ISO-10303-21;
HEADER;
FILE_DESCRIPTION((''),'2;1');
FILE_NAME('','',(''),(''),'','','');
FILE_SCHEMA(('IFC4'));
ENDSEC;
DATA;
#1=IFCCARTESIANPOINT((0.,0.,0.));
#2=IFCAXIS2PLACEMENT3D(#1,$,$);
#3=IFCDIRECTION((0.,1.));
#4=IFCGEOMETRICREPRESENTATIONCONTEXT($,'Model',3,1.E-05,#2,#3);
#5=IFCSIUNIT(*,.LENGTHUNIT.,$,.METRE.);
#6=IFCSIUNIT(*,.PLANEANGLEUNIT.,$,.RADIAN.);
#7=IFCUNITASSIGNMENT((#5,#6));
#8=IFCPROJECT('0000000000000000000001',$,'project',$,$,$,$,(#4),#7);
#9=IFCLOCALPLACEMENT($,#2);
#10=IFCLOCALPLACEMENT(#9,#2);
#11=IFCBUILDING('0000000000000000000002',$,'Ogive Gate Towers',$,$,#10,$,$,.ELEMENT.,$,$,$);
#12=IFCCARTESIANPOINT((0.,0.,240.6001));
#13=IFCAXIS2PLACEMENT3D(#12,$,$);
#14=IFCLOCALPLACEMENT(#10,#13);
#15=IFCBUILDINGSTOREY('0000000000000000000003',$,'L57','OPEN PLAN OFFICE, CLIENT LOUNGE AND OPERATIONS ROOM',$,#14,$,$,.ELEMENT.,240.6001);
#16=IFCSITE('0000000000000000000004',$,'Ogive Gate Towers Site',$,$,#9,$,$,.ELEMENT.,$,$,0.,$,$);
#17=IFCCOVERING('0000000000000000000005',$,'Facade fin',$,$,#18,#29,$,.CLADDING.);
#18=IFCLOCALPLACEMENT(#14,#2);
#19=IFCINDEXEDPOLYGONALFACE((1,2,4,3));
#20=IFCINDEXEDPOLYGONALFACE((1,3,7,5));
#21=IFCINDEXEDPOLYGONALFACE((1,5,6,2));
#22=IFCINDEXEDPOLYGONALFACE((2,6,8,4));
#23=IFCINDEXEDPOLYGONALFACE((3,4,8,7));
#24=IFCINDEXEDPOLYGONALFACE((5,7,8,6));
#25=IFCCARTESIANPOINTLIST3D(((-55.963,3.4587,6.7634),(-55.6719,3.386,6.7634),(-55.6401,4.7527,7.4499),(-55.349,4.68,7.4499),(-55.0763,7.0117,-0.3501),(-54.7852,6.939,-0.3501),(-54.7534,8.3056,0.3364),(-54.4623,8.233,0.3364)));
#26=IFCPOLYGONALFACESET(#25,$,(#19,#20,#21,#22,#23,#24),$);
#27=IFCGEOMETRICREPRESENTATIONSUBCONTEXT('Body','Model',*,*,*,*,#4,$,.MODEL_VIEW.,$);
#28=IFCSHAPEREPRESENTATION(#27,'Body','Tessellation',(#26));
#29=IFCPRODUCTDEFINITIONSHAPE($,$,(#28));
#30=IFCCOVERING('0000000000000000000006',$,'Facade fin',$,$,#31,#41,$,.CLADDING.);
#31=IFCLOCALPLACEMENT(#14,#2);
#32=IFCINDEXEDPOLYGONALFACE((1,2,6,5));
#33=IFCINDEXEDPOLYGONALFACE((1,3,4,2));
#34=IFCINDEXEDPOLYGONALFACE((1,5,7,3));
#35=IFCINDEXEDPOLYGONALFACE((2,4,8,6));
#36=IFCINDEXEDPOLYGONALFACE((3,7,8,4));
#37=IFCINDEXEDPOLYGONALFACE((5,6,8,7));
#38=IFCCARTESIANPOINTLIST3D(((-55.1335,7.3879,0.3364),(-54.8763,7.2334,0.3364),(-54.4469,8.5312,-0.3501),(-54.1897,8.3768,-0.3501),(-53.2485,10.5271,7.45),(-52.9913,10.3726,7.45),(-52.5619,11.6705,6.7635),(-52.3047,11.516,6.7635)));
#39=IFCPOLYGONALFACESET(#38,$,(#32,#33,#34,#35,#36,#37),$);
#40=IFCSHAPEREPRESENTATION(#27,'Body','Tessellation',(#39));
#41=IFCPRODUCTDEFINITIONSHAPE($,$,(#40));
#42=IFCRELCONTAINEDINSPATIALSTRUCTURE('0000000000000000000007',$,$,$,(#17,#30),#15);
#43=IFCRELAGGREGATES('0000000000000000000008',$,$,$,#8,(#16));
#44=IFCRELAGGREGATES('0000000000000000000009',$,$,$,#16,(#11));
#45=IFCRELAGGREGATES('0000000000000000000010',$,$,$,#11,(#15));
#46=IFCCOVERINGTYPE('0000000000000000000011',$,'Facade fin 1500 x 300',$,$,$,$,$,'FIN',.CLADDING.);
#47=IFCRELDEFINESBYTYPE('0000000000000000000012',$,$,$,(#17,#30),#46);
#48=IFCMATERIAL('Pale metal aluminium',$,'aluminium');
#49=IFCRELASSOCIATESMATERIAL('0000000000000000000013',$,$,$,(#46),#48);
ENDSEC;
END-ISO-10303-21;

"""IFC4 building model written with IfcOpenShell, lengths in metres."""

from ifc_helpers import new_model, si_unit, direction, frame, origin, origin_2d, place, context, subcontext, project, spatial, rectangle, extrude, material, material_profile, profile_set, type_object, element, save


model = new_model("IFC4")

# Units and contexts
model_context = context("Model", 3, precision=1e-05, world=origin(), true_north=direction((0.0, 1.0)))
body_context = subcontext(model_context, "Body", "Model", "MODEL_VIEW")
ifc_project = project(units=[si_unit("LENGTHUNIT", "METRE"), si_unit("PLANEANGLEUNIT", "RADIAN")], contexts=[model_context])

# Site, building, storey
site_placement = place(None, origin())
site = spatial("IfcSite", under=ifc_project, at=site_placement, Name="Ogive Gate Towers Site", CompositionType="ELEMENT", RefElevation=0.0)
building_placement = place(site_placement, origin())
building = spatial("IfcBuilding", under=site, at=building_placement, Name="Ogive Gate Towers", CompositionType="ELEMENT")
storey_placement = place(building_placement, frame((0.0, 0.0, 240.6001)))
storey = spatial("IfcBuildingStorey", under=building, at=storey_placement, Name="L57", Description="OPEN PLAN OFFICE, CLIENT LOUNGE AND OPERATIONS ROOM", CompositionType="ELEMENT", Elevation=240.6001)

# Coverings
ifc_material_1 = material(Name="Pale metal aluminium", Category="aluminium")
ifc_material_profile_1 = material_profile(ifc_material_1, rectangle(XDim=0.3, YDim=1.5, at=origin_2d()), Name="1500 x 300 pale metal aluminium")
ifc_profile_set_1 = profile_set([ifc_material_profile_1], Name="Pale metal aluminium")
covering_type = type_object("IfcCoveringType", Name="Facade fin 1500 x 300", ElementType="FIN", PredefinedType="CLADDING", material=ifc_profile_set_1)
for number, where, z_axis, x_axis, name in (
    (1, (-54.7693, 7.6223, -0.0068), (-0.110829, -0.44408, 0.889106), (0.97024, -0.242143, 0.0), "Facade fin"),
    (2, (-54.6616, 7.8823, -0.0068), (0.235608, 0.392365, 0.889122), (-0.85731, 0.5148, 0.0), "Facade fin"),
):
    element("IfcCovering", number, at=place(storey_placement, frame(where, z_axis=z_axis, x_axis=x_axis)), inside=storey, type_object=covering_type, Name=name, PredefinedType="CLADDING", context=body_context, shape_type="SweptSolid", body=[
        extrude(rectangle(XDim=0.3, YDim=1.5, at=origin_2d()), origin(), (0.0, 0.0, 1.0), 8.0007),
    ])

save(model, "model.ifc")
